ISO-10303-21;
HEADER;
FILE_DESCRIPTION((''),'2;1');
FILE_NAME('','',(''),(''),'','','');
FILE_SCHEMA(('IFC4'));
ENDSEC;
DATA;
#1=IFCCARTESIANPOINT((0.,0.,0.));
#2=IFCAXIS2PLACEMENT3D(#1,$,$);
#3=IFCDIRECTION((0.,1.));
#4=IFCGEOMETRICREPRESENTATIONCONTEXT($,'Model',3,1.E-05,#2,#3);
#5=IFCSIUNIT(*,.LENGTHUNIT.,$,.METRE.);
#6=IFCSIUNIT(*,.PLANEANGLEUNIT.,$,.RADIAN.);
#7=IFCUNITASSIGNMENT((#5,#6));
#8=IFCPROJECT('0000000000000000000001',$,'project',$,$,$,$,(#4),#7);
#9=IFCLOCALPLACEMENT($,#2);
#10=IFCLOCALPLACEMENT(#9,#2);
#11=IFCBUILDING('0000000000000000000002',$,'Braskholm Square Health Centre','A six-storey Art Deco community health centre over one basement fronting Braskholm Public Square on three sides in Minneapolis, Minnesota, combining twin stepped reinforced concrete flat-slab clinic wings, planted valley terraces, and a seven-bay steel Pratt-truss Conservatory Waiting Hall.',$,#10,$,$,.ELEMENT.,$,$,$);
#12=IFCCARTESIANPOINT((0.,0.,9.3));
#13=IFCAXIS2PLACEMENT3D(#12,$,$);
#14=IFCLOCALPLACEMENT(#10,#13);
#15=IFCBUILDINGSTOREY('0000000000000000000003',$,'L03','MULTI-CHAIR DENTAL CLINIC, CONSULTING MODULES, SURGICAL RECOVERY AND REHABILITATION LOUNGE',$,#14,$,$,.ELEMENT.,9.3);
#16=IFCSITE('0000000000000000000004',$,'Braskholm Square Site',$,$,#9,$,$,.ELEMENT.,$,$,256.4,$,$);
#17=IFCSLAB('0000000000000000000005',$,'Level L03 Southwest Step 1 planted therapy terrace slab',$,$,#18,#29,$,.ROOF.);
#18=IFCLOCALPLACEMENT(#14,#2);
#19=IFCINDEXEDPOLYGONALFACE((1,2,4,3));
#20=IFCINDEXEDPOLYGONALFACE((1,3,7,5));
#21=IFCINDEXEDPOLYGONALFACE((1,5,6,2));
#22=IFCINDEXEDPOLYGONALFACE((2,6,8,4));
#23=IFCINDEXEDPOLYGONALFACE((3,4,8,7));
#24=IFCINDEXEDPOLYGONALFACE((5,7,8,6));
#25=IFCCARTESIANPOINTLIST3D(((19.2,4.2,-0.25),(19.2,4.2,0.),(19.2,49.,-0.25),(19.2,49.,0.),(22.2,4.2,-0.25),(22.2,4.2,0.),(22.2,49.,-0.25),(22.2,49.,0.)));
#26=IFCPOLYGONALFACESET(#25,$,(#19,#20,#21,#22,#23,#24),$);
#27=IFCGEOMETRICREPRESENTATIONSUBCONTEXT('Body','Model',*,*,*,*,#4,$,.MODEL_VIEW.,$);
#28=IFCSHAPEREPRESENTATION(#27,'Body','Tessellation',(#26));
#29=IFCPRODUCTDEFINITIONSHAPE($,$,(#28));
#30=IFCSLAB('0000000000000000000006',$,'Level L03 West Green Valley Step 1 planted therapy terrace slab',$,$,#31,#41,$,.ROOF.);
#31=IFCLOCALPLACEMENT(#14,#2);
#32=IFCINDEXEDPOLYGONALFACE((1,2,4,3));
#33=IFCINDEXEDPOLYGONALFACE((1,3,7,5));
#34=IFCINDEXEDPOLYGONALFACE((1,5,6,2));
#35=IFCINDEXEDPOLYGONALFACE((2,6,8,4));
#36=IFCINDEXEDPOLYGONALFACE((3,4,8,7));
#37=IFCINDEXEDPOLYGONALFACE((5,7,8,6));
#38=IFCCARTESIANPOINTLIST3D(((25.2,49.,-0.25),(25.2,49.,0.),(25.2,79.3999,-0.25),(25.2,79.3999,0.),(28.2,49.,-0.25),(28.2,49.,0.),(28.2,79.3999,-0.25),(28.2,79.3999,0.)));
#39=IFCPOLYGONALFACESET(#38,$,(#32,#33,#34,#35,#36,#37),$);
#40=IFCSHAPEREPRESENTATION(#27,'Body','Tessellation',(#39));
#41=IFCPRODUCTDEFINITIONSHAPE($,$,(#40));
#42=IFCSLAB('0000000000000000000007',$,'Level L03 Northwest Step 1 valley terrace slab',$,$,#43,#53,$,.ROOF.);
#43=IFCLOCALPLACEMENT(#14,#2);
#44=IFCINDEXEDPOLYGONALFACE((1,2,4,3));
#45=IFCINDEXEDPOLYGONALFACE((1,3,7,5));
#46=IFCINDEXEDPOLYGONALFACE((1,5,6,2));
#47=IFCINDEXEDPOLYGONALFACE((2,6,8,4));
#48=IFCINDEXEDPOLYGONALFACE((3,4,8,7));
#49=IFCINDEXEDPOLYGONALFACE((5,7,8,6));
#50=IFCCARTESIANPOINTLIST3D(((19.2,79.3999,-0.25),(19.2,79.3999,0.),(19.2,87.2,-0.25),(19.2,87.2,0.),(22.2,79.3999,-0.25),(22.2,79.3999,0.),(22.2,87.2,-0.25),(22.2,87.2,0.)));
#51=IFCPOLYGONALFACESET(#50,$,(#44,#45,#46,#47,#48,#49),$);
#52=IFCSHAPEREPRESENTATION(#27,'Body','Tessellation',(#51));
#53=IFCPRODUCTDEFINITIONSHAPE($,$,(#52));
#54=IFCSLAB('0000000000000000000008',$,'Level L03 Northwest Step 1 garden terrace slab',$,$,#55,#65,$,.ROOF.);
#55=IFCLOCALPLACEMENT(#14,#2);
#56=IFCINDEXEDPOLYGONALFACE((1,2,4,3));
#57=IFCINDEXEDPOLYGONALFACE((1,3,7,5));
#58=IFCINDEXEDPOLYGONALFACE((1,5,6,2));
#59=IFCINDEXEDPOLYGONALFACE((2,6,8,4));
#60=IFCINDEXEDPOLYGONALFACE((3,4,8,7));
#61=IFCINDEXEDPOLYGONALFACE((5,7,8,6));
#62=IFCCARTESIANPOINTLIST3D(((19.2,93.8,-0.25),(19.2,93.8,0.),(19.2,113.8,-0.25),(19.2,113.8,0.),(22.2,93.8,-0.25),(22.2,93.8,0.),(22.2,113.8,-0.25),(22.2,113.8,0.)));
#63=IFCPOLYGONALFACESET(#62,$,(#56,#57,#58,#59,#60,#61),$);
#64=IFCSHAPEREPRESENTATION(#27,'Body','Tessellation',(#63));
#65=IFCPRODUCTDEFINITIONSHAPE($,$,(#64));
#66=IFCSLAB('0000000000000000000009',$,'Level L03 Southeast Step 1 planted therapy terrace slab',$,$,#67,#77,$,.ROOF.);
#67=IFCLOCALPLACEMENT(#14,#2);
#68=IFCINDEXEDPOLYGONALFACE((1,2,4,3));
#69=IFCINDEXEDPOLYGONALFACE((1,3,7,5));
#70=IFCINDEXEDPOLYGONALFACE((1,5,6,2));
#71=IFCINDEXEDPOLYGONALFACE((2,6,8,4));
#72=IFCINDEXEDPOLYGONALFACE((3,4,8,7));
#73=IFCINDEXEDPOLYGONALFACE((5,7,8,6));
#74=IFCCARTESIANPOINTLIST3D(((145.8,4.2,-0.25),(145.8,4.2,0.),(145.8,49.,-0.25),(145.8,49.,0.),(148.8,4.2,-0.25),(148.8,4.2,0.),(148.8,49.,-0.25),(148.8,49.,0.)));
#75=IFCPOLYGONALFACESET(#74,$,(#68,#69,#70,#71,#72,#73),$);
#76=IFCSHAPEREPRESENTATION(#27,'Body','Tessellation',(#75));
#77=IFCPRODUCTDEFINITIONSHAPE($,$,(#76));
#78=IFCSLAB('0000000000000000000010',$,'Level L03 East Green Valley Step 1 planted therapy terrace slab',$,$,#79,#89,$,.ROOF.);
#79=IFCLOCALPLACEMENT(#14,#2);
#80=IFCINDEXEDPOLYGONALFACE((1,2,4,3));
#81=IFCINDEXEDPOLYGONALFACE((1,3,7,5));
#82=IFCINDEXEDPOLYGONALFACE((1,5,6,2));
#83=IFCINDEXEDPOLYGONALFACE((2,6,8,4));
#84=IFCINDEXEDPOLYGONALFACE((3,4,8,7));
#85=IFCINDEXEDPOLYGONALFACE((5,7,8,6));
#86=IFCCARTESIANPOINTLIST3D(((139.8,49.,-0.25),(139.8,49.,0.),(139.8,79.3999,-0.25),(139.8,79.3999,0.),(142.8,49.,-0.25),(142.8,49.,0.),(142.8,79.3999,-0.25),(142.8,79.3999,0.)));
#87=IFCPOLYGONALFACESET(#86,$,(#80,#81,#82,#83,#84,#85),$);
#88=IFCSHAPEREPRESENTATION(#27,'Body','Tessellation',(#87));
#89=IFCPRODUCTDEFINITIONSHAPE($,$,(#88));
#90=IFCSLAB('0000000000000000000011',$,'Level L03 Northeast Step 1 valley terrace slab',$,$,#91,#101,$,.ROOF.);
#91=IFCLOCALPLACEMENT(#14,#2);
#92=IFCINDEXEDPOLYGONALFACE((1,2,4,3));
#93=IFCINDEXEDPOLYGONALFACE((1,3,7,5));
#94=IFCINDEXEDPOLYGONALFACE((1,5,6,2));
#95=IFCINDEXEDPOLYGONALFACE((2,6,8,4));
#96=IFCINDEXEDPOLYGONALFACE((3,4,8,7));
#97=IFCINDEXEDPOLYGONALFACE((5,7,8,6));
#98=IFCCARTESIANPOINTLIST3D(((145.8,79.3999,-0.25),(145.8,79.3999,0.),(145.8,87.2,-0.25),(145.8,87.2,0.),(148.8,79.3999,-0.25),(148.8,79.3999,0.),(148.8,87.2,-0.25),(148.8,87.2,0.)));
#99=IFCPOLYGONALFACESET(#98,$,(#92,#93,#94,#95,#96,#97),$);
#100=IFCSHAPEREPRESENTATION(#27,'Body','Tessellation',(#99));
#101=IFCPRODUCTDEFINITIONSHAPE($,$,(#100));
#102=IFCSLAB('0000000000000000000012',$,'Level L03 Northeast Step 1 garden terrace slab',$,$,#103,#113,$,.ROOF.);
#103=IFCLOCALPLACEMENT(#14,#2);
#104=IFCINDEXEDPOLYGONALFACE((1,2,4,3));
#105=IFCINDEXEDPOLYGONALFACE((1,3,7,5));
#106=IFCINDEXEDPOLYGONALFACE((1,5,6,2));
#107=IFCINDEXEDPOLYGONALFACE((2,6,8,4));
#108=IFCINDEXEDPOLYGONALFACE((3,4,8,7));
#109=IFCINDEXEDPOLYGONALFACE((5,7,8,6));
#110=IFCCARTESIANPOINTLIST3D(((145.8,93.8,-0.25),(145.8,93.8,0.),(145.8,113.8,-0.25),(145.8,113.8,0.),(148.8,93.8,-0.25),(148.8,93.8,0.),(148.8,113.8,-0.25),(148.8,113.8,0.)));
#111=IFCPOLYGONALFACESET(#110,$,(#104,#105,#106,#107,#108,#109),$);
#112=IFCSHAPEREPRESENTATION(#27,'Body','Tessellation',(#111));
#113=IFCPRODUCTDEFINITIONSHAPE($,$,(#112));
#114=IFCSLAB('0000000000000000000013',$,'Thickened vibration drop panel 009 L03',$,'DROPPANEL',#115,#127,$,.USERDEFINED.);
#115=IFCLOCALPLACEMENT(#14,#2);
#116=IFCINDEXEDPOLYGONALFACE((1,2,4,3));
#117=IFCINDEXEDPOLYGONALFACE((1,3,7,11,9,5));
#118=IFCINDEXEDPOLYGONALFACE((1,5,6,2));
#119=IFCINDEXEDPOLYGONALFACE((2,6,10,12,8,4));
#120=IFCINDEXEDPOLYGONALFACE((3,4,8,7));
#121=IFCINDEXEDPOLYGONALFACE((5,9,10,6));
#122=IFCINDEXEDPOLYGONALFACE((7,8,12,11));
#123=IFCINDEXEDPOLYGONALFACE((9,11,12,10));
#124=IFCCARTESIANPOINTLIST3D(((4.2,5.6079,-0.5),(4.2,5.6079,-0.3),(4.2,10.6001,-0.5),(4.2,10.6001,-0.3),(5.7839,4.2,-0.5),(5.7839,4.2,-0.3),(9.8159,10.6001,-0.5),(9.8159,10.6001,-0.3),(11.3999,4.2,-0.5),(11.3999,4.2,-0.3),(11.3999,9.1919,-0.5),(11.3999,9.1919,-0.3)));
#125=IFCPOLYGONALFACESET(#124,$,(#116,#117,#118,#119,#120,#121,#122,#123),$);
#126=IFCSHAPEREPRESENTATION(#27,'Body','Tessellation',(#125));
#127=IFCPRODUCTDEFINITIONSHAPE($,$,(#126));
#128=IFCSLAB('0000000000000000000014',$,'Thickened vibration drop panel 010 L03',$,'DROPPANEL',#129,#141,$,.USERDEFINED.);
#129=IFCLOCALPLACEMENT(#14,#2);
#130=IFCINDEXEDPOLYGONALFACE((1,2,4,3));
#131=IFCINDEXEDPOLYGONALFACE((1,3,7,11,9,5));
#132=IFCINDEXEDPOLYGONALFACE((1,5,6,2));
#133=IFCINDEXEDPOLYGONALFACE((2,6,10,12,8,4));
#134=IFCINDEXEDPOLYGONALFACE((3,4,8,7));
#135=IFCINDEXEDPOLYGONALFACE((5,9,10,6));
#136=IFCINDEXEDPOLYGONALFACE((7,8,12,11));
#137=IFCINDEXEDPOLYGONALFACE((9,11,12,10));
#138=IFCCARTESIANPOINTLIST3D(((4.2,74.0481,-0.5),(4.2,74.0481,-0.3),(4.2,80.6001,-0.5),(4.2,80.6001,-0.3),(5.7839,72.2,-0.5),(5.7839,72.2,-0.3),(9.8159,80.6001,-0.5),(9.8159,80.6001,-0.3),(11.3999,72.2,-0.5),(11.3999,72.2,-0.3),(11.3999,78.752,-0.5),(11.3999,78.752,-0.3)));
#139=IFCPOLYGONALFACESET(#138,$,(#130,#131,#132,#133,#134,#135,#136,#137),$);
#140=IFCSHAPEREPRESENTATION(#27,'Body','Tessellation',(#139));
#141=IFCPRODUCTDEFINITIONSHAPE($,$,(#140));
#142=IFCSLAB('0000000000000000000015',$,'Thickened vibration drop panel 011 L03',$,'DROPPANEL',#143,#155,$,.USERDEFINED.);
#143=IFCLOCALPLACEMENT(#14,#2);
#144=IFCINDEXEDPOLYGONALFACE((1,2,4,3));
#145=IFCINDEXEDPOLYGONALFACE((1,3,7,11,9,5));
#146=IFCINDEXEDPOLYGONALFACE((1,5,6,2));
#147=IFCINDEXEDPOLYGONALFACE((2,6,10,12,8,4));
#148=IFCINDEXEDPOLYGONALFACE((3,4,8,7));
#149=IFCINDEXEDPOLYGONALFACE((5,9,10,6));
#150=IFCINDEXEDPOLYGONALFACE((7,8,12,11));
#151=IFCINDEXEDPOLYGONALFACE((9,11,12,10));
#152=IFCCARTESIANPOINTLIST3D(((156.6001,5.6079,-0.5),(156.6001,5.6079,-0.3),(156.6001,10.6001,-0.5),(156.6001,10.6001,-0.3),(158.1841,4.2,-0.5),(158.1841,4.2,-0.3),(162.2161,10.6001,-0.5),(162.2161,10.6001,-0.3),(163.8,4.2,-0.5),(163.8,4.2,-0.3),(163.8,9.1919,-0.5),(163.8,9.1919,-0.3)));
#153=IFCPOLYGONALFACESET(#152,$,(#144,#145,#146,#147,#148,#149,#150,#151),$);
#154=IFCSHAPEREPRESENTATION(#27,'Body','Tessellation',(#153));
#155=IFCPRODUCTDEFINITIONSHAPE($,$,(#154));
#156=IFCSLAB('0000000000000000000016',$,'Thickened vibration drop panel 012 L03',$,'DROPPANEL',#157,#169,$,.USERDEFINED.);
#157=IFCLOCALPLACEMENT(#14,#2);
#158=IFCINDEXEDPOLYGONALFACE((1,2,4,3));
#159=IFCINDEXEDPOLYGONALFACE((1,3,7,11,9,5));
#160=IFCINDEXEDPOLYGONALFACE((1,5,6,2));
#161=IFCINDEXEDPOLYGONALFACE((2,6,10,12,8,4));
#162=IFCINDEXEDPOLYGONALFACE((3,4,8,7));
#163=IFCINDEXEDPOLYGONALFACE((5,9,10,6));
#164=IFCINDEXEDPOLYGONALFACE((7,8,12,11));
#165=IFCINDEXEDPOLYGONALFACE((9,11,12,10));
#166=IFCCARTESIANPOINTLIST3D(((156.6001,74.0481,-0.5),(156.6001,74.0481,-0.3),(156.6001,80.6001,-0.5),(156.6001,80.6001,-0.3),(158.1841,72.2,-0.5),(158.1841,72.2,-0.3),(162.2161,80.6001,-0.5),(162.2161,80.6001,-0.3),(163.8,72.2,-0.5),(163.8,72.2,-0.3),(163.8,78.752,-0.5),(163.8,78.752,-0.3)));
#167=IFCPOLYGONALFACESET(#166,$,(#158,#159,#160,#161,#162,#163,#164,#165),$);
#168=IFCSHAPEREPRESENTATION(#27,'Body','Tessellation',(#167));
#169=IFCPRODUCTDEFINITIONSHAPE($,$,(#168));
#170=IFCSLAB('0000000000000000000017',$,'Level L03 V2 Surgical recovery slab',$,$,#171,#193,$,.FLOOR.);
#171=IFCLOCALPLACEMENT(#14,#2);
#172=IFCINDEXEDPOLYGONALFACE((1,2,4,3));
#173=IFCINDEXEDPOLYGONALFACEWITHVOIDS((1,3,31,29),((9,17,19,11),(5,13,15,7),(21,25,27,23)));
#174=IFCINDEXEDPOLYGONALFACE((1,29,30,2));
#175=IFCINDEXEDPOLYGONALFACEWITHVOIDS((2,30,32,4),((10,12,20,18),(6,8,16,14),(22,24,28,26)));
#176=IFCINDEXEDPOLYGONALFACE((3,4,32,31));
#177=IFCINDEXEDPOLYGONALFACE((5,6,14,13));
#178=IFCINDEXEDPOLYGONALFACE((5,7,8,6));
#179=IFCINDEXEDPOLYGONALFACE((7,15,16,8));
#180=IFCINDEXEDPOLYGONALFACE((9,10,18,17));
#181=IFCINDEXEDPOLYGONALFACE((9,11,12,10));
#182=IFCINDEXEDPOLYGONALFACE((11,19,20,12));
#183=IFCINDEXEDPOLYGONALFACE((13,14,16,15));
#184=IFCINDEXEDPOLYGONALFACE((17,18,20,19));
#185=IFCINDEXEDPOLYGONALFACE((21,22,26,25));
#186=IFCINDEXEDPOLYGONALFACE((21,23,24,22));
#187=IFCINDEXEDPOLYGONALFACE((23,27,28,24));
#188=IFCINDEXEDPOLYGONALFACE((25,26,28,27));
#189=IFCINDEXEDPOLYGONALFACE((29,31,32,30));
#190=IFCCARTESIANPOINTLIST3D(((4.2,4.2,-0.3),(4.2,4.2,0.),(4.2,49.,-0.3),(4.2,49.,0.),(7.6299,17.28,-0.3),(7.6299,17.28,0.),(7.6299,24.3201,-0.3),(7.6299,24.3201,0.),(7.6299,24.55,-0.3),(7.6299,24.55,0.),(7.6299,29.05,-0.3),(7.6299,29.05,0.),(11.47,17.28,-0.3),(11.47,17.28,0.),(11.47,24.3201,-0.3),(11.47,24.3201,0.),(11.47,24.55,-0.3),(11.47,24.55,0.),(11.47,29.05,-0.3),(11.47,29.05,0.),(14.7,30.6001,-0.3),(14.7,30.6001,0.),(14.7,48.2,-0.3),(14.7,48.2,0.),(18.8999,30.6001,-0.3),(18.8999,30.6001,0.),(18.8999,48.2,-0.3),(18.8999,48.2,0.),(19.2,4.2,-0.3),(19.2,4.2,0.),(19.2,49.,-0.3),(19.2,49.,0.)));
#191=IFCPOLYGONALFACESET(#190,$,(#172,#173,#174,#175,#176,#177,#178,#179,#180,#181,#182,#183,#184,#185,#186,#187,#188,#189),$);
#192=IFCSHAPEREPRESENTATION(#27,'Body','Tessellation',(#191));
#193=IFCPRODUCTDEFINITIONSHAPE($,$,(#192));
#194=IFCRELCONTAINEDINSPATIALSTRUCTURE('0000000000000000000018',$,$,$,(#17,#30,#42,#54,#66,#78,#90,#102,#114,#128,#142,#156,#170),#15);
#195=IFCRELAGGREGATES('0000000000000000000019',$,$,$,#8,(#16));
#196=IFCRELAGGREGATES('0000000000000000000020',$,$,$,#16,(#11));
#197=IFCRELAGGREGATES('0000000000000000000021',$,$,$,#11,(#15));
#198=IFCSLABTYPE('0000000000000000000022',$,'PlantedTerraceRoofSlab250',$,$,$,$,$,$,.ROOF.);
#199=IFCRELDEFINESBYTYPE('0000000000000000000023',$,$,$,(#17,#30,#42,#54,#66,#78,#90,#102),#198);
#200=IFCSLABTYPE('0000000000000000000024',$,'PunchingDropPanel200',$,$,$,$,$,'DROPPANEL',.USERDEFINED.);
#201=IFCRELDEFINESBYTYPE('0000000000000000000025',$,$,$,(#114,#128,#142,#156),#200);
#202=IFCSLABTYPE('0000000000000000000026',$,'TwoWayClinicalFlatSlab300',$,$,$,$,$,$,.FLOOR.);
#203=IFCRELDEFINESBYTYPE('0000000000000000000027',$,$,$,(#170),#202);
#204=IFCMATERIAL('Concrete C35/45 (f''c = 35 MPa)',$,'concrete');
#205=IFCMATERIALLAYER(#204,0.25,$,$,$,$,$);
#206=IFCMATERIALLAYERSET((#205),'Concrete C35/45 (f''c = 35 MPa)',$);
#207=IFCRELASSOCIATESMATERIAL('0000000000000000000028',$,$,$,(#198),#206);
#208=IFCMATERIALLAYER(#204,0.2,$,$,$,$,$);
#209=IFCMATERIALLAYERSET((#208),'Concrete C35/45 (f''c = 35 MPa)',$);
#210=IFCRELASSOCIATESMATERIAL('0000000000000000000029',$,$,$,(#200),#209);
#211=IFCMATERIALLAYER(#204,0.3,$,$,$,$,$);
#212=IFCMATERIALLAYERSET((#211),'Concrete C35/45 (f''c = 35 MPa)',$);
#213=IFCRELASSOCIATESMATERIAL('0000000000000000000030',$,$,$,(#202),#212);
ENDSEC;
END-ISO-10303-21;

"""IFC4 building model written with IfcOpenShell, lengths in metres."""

from ifc_helpers import new_model, si_unit, direction, frame, origin, place, context, subcontext, project, spatial, polyline, outline, extrude, material, layer, layer_set, type_object, element, save


model = new_model("IFC4")

# Units and contexts
model_context = context("Model", 3, precision=1e-05, world=origin(), true_north=direction((0.0, 1.0)))
body_context = subcontext(model_context, "Body", "Model", "MODEL_VIEW")
ifc_project = project(units=[si_unit("LENGTHUNIT", "METRE"), si_unit("PLANEANGLEUNIT", "RADIAN")], contexts=[model_context])

# Site, building, storey
site_placement = place(None, origin())
site = spatial("IfcSite", under=ifc_project, at=site_placement, Name="Braskholm Square Site", CompositionType="ELEMENT", RefElevation=256.4)
building_placement = place(site_placement, origin())
building = spatial("IfcBuilding", under=site, at=building_placement, Name="Braskholm Square Health Centre", Description="A six-storey Art Deco community health centre over one basement fronting Braskholm Public Square on three sides in Minneapolis, Minnesota, combining twin stepped reinforced concrete flat-slab clinic wings, planted valley terraces, and a seven-bay steel Pratt-truss Conservatory Waiting Hall.", CompositionType="ELEMENT")
storey_placement = place(building_placement, frame((0.0, 0.0, 9.3)))
storey = spatial("IfcBuildingStorey", under=building, at=storey_placement, Name="L03", Description="MULTI-CHAIR DENTAL CLINIC, CONSULTING MODULES, SURGICAL RECOVERY AND REHABILITATION LOUNGE", CompositionType="ELEMENT", Elevation=9.3)

# Slabs
ifc_material_1 = material(Name="Concrete C35/45 (f'c = 35 MPa)", Category="concrete")
ifc_layer_1 = layer(ifc_material_1, 0.25)
ifc_layer_set_1 = layer_set([ifc_layer_1], Name="Concrete C35/45 (f'c = 35 MPa)")
slab_type_1 = type_object("IfcSlabType", Name="PlantedTerraceRoofSlab250", PredefinedType="ROOF", material=ifc_layer_set_1)
slab_1_placement = place(storey_placement, frame((0.0, 0.0, -0.25)))
element("IfcSlab", 1, at=slab_1_placement, inside=storey, type_object=slab_type_1, Name="Level L03 Southwest Step 1 planted therapy terrace slab", PredefinedType="ROOF", context=body_context, shape_type="SweptSolid", body=[
    extrude(outline(polyline([(19.2, 4.2), (22.2, 4.2), (22.2, 49.0), (19.2, 49.0), (19.2, 4.2)])), origin(), (0.0, 0.0, 1.0), 0.25),
])
slab_2_placement = place(storey_placement, frame((0.0, 0.0, -0.25)))
element("IfcSlab", 2, at=slab_2_placement, inside=storey, type_object=slab_type_1, Name="Level L03 West Green Valley Step 1 planted therapy terrace slab", PredefinedType="ROOF", context=body_context, shape_type="SweptSolid", body=[
    extrude(outline(polyline([(25.2, 49.0), (28.2, 49.0), (28.2, 79.3999), (25.2, 79.3999), (25.2, 49.0)])), origin(), (0.0, 0.0, 1.0), 0.25),
])
slab_3_placement = place(storey_placement, frame((0.0, 0.0, -0.25)))
element("IfcSlab", 3, at=slab_3_placement, inside=storey, type_object=slab_type_1, Name="Level L03 Northwest Step 1 valley terrace slab", PredefinedType="ROOF", context=body_context, shape_type="SweptSolid", body=[
    extrude(outline(polyline([(19.2, 79.3999), (22.2, 79.3999), (22.2, 87.2), (19.2, 87.2), (19.2, 79.3999)])), origin(), (0.0, 0.0, 1.0), 0.25),
])
slab_4_placement = place(storey_placement, frame((0.0, 0.0, -0.25)))
element("IfcSlab", 4, at=slab_4_placement, inside=storey, type_object=slab_type_1, Name="Level L03 Northwest Step 1 garden terrace slab", PredefinedType="ROOF", context=body_context, shape_type="SweptSolid", body=[
    extrude(outline(polyline([(19.2, 93.8), (22.2, 93.8), (22.2, 113.8), (19.2, 113.8), (19.2, 93.8)])), origin(), (0.0, 0.0, 1.0), 0.25),
])
slab_5_placement = place(storey_placement, frame((0.0, 0.0, -0.25)))
element("IfcSlab", 5, at=slab_5_placement, inside=storey, type_object=slab_type_1, Name="Level L03 Southeast Step 1 planted therapy terrace slab", PredefinedType="ROOF", context=body_context, shape_type="SweptSolid", body=[
    extrude(outline(polyline([(145.8, 4.2), (148.8, 4.2), (148.8, 49.0), (145.8, 49.0), (145.8, 4.2)])), origin(), (0.0, 0.0, 1.0), 0.25),
])
slab_6_placement = place(storey_placement, frame((0.0, 0.0, -0.25)))
element("IfcSlab", 6, at=slab_6_placement, inside=storey, type_object=slab_type_1, Name="Level L03 East Green Valley Step 1 planted therapy terrace slab", PredefinedType="ROOF", context=body_context, shape_type="SweptSolid", body=[
    extrude(outline(polyline([(139.8, 49.0), (142.8, 49.0), (142.8, 79.3999), (139.8, 79.3999), (139.8, 49.0)])), origin(), (0.0, 0.0, 1.0), 0.25),
])
slab_7_placement = place(storey_placement, frame((0.0, 0.0, -0.25)))
element("IfcSlab", 7, at=slab_7_placement, inside=storey, type_object=slab_type_1, Name="Level L03 Northeast Step 1 valley terrace slab", PredefinedType="ROOF", context=body_context, shape_type="SweptSolid", body=[
    extrude(outline(polyline([(145.8, 79.3999), (148.8, 79.3999), (148.8, 87.2), (145.8, 87.2), (145.8, 79.3999)])), origin(), (0.0, 0.0, 1.0), 0.25),
])
slab_8_placement = place(storey_placement, frame((0.0, 0.0, -0.25)))
element("IfcSlab", 8, at=slab_8_placement, inside=storey, type_object=slab_type_1, Name="Level L03 Northeast Step 1 garden terrace slab", PredefinedType="ROOF", context=body_context, shape_type="SweptSolid", body=[
    extrude(outline(polyline([(145.8, 93.8), (148.8, 93.8), (148.8, 113.8), (145.8, 113.8), (145.8, 93.8)])), origin(), (0.0, 0.0, 1.0), 0.25),
])
ifc_layer_2 = layer(ifc_material_1, 0.2)
ifc_layer_set_2 = layer_set([ifc_layer_2], Name="Concrete C35/45 (f'c = 35 MPa)")
slab_type_2 = type_object("IfcSlabType", Name="PunchingDropPanel200", ElementType="DROPPANEL", PredefinedType="USERDEFINED", material=ifc_layer_set_2)
slab_9_placement = place(storey_placement, frame((0.0, 0.0, -0.5)))
element("IfcSlab", 9, at=slab_9_placement, inside=storey, type_object=slab_type_2, Name="Thickened vibration drop panel 009 L03", ObjectType="DROPPANEL", PredefinedType="USERDEFINED", context=body_context, shape_type="SweptSolid", body=[
    extrude(outline(polyline([(5.7839, 4.2), (11.3999, 4.2), (11.3999, 9.1919), (9.8159, 10.6001), (4.2, 10.6001), (4.2, 5.6079), (5.7839, 4.2)])), origin(), (0.0, 0.0, 1.0), 0.2),
])
slab_10_placement = place(storey_placement, frame((0.0, 0.0, -0.5)))
element("IfcSlab", 10, at=slab_10_placement, inside=storey, type_object=slab_type_2, Name="Thickened vibration drop panel 010 L03", ObjectType="DROPPANEL", PredefinedType="USERDEFINED", context=body_context, shape_type="SweptSolid", body=[
    extrude(outline(polyline([(5.7839, 72.2), (11.3999, 72.2), (11.3999, 78.752), (9.8159, 80.6001), (4.2, 80.6001), (4.2, 74.0481), (5.7839, 72.2)])), origin(), (0.0, 0.0, 1.0), 0.2),
])
slab_11_placement = place(storey_placement, frame((0.0, 0.0, -0.5)))
element("IfcSlab", 11, at=slab_11_placement, inside=storey, type_object=slab_type_2, Name="Thickened vibration drop panel 011 L03", ObjectType="DROPPANEL", PredefinedType="USERDEFINED", context=body_context, shape_type="SweptSolid", body=[
    extrude(outline(polyline([(158.1841, 4.2), (163.8, 4.2), (163.8, 9.1919), (162.2161, 10.6001), (156.6001, 10.6001), (156.6001, 5.6079), (158.1841, 4.2)])), origin(), (0.0, 0.0, 1.0), 0.2),
])
slab_12_placement = place(storey_placement, frame((0.0, 0.0, -0.5)))
element("IfcSlab", 12, at=slab_12_placement, inside=storey, type_object=slab_type_2, Name="Thickened vibration drop panel 012 L03", ObjectType="DROPPANEL", PredefinedType="USERDEFINED", context=body_context, shape_type="SweptSolid", body=[
    extrude(outline(polyline([(158.1841, 72.2), (163.8, 72.2), (163.8, 78.752), (162.2161, 80.6001), (156.6001, 80.6001), (156.6001, 74.0481), (158.1841, 72.2)])), origin(), (0.0, 0.0, 1.0), 0.2),
])
ifc_layer_3 = layer(ifc_material_1, 0.3)
ifc_layer_set_3 = layer_set([ifc_layer_3], Name="Concrete C35/45 (f'c = 35 MPa)")
slab_type_3 = type_object("IfcSlabType", Name="TwoWayClinicalFlatSlab300", PredefinedType="FLOOR", material=ifc_layer_set_3)
slab_13_placement = place(storey_placement, frame((0.0, 0.0, -0.3)))
element("IfcSlab", 13, at=slab_13_placement, inside=storey, type_object=slab_type_3, Name="Level L03 V2 Surgical recovery slab", PredefinedType="FLOOR", context=body_context, shape_type="SweptSolid", body=[
    extrude(outline(polyline([(4.2, 4.2), (19.2, 4.2), (19.2, 49.0), (4.2, 49.0), (4.2, 4.2)]), holes=[polyline([(7.6299, 17.28), (11.47, 17.28), (11.47, 24.3201), (7.6299, 24.3201), (7.6299, 17.28)]), polyline([(7.6299, 24.55), (11.47, 24.55), (11.47, 29.05), (7.6299, 29.05), (7.6299, 24.55)]), polyline([(14.7, 30.6001), (18.8999, 30.6001), (18.8999, 48.2), (14.7, 48.2), (14.7, 30.6001)])]), origin(), (0.0, 0.0, 1.0), 0.3),
])

save(model, "model.ifc")
